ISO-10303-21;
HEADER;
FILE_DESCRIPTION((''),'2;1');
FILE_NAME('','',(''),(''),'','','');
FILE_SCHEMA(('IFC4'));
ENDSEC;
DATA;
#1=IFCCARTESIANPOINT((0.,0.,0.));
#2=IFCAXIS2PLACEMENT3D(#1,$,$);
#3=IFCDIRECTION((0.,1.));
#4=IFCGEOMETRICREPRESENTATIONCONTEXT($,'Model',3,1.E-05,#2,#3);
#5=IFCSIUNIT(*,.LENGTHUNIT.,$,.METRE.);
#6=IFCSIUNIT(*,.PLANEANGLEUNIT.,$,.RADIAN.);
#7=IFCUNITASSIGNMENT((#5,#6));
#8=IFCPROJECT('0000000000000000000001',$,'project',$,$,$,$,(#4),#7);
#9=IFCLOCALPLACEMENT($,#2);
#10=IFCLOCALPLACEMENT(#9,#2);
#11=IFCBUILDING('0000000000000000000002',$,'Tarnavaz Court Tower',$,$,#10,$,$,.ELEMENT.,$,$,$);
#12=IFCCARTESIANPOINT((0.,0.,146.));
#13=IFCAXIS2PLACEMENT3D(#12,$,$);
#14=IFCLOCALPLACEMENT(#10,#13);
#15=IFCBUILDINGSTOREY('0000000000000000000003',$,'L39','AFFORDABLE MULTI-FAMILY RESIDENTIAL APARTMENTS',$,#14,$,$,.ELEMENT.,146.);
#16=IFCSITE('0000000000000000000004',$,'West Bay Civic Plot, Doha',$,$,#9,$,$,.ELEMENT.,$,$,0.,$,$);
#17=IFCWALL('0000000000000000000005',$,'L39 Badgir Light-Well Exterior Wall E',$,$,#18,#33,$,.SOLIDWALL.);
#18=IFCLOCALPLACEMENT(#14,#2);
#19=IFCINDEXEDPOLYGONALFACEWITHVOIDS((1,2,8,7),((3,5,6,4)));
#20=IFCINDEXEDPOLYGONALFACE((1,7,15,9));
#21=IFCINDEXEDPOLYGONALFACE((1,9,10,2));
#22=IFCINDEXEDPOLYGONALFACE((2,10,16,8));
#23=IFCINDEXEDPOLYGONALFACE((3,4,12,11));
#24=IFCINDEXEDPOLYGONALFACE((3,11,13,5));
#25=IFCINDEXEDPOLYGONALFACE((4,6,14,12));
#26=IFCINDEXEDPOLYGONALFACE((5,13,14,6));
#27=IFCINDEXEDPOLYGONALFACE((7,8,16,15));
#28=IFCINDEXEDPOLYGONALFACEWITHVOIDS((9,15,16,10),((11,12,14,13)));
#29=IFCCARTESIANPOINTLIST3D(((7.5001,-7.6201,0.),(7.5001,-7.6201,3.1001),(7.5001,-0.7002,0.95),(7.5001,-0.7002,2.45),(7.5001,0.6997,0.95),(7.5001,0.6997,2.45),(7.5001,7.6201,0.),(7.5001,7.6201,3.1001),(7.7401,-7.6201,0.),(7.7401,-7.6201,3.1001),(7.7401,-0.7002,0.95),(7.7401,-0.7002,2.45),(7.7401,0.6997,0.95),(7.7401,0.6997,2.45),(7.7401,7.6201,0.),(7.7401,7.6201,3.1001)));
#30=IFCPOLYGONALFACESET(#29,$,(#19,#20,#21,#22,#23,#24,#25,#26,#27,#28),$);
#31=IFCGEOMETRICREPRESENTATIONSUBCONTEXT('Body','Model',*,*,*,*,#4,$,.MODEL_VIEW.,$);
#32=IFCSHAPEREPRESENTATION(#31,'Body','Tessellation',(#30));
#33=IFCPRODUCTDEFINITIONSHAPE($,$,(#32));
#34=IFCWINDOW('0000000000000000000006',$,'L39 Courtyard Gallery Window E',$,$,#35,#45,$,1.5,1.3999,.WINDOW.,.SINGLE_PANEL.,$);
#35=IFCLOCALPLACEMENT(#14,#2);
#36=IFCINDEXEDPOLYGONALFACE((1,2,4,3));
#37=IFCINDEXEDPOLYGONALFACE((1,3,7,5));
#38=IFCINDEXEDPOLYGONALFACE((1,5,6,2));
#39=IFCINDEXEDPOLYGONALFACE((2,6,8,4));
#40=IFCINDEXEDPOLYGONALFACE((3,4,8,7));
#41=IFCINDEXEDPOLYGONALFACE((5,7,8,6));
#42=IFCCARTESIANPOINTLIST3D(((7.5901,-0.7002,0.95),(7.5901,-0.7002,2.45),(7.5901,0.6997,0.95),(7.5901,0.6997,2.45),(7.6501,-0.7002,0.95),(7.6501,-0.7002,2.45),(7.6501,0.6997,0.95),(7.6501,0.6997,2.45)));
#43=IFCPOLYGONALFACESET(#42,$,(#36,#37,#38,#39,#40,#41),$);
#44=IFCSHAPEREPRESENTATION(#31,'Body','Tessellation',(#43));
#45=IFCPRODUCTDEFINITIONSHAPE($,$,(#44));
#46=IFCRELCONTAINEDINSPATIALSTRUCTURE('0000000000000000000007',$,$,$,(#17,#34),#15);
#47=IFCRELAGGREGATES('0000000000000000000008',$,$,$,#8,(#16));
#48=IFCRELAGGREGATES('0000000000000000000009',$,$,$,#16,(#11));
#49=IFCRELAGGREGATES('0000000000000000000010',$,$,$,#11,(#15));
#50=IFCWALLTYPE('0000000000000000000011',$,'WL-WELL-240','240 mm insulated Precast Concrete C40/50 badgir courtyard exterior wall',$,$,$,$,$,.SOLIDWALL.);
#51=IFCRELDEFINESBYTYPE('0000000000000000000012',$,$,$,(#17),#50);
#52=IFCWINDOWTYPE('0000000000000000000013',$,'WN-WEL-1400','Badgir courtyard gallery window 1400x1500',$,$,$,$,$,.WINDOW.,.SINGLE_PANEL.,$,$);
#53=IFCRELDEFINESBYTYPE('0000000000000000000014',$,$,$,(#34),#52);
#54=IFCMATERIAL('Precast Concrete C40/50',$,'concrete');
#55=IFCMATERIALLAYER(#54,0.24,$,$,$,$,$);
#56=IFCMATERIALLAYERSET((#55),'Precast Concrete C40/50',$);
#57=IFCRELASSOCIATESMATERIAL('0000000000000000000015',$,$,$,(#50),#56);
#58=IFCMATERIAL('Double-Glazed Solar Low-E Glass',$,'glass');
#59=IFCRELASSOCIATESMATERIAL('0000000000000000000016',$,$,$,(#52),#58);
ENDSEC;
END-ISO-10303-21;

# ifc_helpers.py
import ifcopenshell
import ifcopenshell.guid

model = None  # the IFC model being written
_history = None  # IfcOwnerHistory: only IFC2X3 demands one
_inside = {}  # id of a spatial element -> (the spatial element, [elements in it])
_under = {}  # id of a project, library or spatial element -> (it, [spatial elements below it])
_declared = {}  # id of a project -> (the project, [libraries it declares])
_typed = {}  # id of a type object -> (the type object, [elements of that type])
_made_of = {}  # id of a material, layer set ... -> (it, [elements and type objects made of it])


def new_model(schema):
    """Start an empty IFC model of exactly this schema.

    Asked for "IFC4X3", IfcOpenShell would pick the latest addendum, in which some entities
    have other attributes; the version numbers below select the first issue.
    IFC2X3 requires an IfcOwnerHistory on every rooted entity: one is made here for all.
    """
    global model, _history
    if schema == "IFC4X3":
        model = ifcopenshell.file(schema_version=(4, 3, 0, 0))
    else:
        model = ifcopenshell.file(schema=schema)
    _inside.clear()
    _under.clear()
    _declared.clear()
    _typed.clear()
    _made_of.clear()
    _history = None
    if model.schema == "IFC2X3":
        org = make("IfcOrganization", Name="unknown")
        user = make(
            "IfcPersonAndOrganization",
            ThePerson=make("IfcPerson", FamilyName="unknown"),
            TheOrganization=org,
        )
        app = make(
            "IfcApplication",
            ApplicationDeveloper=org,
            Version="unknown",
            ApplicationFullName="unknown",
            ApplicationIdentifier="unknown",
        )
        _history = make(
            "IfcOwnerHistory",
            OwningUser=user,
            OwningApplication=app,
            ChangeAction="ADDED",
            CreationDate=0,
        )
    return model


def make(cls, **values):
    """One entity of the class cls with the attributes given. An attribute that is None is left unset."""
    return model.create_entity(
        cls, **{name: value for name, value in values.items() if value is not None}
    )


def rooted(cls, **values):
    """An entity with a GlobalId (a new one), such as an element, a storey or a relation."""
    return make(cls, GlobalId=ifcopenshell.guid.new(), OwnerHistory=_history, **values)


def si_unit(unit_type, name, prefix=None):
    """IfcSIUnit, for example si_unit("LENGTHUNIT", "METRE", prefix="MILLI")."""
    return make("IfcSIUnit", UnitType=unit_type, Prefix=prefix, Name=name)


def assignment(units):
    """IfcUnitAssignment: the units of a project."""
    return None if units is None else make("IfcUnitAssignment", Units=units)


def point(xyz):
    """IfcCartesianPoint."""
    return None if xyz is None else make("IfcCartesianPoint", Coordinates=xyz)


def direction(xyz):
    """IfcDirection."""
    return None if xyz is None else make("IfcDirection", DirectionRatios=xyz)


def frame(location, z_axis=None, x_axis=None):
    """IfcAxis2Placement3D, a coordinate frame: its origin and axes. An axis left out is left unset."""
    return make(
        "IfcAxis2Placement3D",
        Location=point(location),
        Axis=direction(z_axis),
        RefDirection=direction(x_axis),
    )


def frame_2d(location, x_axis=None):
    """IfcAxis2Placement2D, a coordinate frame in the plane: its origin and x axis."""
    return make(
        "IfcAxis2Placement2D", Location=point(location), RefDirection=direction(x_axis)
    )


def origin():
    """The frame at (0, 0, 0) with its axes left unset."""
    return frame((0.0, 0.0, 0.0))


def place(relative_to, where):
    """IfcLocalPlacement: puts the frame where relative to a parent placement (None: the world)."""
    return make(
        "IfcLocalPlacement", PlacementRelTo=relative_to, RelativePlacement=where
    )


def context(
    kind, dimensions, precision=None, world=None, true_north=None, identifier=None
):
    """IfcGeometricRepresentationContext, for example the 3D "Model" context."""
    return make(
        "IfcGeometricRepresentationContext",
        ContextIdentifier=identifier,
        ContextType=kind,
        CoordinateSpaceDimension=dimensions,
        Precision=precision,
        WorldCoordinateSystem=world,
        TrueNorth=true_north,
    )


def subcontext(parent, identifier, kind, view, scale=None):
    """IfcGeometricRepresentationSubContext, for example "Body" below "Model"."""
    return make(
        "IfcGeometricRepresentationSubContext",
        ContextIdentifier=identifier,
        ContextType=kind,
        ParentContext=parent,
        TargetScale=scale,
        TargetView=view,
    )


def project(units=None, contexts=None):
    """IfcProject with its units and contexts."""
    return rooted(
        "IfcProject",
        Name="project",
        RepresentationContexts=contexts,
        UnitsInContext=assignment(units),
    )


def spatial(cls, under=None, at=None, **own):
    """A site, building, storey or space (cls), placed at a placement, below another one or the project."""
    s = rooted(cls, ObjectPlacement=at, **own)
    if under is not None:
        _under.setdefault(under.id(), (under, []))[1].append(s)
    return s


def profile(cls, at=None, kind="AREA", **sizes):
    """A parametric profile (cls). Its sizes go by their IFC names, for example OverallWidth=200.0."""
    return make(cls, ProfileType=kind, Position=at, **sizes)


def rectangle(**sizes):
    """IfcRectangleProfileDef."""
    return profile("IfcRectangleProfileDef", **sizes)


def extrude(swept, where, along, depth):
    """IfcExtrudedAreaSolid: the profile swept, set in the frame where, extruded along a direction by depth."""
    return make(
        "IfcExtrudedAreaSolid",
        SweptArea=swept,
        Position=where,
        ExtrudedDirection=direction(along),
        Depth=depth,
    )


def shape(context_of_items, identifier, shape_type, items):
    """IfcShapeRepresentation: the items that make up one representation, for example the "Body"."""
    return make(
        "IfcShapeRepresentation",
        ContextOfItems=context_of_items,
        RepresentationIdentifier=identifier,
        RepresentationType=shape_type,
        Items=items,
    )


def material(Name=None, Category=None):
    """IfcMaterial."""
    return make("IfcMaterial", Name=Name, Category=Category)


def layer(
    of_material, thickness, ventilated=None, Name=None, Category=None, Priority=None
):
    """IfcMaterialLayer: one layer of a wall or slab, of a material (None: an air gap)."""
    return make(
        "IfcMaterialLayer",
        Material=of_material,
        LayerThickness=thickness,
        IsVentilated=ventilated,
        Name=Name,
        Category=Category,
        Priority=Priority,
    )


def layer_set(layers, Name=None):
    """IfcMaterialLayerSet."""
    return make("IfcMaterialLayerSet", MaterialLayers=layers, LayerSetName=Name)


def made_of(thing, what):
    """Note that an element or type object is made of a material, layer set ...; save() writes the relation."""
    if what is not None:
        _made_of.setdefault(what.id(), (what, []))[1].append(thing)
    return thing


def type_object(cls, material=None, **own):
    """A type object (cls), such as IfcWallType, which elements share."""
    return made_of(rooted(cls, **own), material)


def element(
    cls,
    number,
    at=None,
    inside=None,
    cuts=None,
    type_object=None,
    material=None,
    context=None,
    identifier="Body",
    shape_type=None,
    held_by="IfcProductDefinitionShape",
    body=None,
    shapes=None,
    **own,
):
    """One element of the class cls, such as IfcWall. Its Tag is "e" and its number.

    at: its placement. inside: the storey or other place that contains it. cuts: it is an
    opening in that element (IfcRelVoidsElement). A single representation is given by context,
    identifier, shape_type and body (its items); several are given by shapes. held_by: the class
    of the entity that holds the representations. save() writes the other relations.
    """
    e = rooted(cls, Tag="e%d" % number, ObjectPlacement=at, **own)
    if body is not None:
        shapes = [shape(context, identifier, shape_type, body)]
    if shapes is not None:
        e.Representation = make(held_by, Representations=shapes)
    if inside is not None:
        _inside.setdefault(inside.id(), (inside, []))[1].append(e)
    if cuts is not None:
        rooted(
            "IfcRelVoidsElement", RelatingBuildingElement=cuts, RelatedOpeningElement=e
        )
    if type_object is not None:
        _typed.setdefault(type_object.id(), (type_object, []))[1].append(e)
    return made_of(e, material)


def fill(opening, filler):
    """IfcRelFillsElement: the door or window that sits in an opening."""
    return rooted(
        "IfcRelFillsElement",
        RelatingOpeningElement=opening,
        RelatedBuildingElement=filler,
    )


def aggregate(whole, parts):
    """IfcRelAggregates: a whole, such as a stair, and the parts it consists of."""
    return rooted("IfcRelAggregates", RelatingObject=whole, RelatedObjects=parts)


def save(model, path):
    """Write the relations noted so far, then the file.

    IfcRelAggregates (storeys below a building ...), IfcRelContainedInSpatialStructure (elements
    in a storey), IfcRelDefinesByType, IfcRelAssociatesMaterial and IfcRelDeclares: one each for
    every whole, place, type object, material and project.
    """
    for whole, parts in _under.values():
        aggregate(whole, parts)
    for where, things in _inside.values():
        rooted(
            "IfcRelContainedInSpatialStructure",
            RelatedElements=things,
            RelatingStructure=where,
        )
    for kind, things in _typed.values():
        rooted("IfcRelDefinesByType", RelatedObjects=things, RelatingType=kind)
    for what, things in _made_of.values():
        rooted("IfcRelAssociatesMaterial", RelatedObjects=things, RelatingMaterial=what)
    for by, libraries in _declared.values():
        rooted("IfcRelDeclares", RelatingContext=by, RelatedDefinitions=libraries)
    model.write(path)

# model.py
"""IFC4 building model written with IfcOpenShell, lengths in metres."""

from ifc_helpers import new_model, si_unit, direction, frame, frame_2d, origin, place, context, subcontext, project, spatial, rectangle, extrude, material, layer, layer_set, type_object, element, fill, save


model = new_model("IFC4")

# Units and contexts
model_context = context("Model", 3, precision=1e-05, world=origin(), true_north=direction((0.0, 1.0)))
body_context = subcontext(model_context, "Body", "Model", "MODEL_VIEW")
ifc_project = project(units=[si_unit("LENGTHUNIT", "METRE"), si_unit("PLANEANGLEUNIT", "RADIAN")], contexts=[model_context])

# Site, building, storey
site_placement = place(None, origin())
site = spatial("IfcSite", under=ifc_project, at=site_placement, Name="West Bay Civic Plot, Doha", CompositionType="ELEMENT", RefElevation=0.0)
building_placement = place(site_placement, origin())
building = spatial("IfcBuilding", under=site, at=building_placement, Name="Tarnavaz Court Tower", CompositionType="ELEMENT")
storey_placement = place(building_placement, frame((0.0, 0.0, 146.0)))
storey = spatial("IfcBuildingStorey", under=building, at=storey_placement, Name="L39", Description="AFFORDABLE MULTI-FAMILY RESIDENTIAL APARTMENTS", CompositionType="ELEMENT", Elevation=146.0)

# Wall, opening, window
ifc_material_1 = material(Name="Precast Concrete C40/50", Category="concrete")
ifc_layer_1 = layer(ifc_material_1, 0.24)
ifc_layer_set_1 = layer_set([ifc_layer_1], Name="Precast Concrete C40/50")
wall_type_1 = type_object("IfcWallType", Name="WL-WELL-240", Description="240 mm insulated Precast Concrete C40/50 badgir courtyard exterior wall", PredefinedType="SOLIDWALL", material=ifc_layer_set_1)
wall_1_placement = place(storey_placement, frame((7.6201, -7.6201, 0.0), z_axis=(0.0, 0.0, 1.0), x_axis=(0.0, 1.0, 0.0)))
wall_1 = element("IfcWall", 1, at=wall_1_placement, inside=storey, type_object=wall_type_1, Name="L39 Badgir Light-Well Exterior Wall E", PredefinedType="SOLIDWALL", context=body_context, shape_type="SweptSolid", body=[
    extrude(rectangle(XDim=15.2402, YDim=0.24, at=frame_2d((7.6201, 0.0))), origin(), (0.0, 0.0, 1.0), 3.1001),
])
opening_1_placement = place(wall_1_placement, frame((6.9199, 0.0, 0.95)))
opening_1 = element("IfcOpeningElement", 2, at=opening_1_placement, cuts=wall_1, PredefinedType="OPENING", context=body_context, shape_type="SweptSolid", body=[
    extrude(rectangle(XDim=1.3999, YDim=1.5, at=frame_2d((0.7, 0.75))), frame((0.0, 0.1299, 0.0), z_axis=(0.0, -1.0, 0.0), x_axis=(1.0, 0.0, 0.0)), (0.0, 0.0, 1.0), 0.26),
])
ifc_material_2 = material(Name="Double-Glazed Solar Low-E Glass", Category="glass")
window_type = type_object("IfcWindowType", Name="WN-WEL-1400", Description="Badgir courtyard gallery window 1400x1500", PartitioningType="SINGLE_PANEL", PredefinedType="WINDOW", material=ifc_material_2)
window_placement = place(opening_1_placement, origin())
window = element("IfcWindow", 3, at=window_placement, inside=storey, type_object=window_type, Name="L39 Courtyard Gallery Window E", OverallHeight=1.5, OverallWidth=1.3999, PartitioningType="SINGLE_PANEL", PredefinedType="WINDOW", context=body_context, shape_type="SweptSolid", body=[
    extrude(rectangle(XDim=1.3999, YDim=1.5, at=frame_2d((0.7, 0.75))), frame((0.0, 0.03, 0.0), z_axis=(0.0, -1.0, 0.0), x_axis=(1.0, 0.0, 0.0)), (0.0, 0.0, 1.0), 0.0601),
])
fill(opening_1, window)

save(model, "model.ifc")
